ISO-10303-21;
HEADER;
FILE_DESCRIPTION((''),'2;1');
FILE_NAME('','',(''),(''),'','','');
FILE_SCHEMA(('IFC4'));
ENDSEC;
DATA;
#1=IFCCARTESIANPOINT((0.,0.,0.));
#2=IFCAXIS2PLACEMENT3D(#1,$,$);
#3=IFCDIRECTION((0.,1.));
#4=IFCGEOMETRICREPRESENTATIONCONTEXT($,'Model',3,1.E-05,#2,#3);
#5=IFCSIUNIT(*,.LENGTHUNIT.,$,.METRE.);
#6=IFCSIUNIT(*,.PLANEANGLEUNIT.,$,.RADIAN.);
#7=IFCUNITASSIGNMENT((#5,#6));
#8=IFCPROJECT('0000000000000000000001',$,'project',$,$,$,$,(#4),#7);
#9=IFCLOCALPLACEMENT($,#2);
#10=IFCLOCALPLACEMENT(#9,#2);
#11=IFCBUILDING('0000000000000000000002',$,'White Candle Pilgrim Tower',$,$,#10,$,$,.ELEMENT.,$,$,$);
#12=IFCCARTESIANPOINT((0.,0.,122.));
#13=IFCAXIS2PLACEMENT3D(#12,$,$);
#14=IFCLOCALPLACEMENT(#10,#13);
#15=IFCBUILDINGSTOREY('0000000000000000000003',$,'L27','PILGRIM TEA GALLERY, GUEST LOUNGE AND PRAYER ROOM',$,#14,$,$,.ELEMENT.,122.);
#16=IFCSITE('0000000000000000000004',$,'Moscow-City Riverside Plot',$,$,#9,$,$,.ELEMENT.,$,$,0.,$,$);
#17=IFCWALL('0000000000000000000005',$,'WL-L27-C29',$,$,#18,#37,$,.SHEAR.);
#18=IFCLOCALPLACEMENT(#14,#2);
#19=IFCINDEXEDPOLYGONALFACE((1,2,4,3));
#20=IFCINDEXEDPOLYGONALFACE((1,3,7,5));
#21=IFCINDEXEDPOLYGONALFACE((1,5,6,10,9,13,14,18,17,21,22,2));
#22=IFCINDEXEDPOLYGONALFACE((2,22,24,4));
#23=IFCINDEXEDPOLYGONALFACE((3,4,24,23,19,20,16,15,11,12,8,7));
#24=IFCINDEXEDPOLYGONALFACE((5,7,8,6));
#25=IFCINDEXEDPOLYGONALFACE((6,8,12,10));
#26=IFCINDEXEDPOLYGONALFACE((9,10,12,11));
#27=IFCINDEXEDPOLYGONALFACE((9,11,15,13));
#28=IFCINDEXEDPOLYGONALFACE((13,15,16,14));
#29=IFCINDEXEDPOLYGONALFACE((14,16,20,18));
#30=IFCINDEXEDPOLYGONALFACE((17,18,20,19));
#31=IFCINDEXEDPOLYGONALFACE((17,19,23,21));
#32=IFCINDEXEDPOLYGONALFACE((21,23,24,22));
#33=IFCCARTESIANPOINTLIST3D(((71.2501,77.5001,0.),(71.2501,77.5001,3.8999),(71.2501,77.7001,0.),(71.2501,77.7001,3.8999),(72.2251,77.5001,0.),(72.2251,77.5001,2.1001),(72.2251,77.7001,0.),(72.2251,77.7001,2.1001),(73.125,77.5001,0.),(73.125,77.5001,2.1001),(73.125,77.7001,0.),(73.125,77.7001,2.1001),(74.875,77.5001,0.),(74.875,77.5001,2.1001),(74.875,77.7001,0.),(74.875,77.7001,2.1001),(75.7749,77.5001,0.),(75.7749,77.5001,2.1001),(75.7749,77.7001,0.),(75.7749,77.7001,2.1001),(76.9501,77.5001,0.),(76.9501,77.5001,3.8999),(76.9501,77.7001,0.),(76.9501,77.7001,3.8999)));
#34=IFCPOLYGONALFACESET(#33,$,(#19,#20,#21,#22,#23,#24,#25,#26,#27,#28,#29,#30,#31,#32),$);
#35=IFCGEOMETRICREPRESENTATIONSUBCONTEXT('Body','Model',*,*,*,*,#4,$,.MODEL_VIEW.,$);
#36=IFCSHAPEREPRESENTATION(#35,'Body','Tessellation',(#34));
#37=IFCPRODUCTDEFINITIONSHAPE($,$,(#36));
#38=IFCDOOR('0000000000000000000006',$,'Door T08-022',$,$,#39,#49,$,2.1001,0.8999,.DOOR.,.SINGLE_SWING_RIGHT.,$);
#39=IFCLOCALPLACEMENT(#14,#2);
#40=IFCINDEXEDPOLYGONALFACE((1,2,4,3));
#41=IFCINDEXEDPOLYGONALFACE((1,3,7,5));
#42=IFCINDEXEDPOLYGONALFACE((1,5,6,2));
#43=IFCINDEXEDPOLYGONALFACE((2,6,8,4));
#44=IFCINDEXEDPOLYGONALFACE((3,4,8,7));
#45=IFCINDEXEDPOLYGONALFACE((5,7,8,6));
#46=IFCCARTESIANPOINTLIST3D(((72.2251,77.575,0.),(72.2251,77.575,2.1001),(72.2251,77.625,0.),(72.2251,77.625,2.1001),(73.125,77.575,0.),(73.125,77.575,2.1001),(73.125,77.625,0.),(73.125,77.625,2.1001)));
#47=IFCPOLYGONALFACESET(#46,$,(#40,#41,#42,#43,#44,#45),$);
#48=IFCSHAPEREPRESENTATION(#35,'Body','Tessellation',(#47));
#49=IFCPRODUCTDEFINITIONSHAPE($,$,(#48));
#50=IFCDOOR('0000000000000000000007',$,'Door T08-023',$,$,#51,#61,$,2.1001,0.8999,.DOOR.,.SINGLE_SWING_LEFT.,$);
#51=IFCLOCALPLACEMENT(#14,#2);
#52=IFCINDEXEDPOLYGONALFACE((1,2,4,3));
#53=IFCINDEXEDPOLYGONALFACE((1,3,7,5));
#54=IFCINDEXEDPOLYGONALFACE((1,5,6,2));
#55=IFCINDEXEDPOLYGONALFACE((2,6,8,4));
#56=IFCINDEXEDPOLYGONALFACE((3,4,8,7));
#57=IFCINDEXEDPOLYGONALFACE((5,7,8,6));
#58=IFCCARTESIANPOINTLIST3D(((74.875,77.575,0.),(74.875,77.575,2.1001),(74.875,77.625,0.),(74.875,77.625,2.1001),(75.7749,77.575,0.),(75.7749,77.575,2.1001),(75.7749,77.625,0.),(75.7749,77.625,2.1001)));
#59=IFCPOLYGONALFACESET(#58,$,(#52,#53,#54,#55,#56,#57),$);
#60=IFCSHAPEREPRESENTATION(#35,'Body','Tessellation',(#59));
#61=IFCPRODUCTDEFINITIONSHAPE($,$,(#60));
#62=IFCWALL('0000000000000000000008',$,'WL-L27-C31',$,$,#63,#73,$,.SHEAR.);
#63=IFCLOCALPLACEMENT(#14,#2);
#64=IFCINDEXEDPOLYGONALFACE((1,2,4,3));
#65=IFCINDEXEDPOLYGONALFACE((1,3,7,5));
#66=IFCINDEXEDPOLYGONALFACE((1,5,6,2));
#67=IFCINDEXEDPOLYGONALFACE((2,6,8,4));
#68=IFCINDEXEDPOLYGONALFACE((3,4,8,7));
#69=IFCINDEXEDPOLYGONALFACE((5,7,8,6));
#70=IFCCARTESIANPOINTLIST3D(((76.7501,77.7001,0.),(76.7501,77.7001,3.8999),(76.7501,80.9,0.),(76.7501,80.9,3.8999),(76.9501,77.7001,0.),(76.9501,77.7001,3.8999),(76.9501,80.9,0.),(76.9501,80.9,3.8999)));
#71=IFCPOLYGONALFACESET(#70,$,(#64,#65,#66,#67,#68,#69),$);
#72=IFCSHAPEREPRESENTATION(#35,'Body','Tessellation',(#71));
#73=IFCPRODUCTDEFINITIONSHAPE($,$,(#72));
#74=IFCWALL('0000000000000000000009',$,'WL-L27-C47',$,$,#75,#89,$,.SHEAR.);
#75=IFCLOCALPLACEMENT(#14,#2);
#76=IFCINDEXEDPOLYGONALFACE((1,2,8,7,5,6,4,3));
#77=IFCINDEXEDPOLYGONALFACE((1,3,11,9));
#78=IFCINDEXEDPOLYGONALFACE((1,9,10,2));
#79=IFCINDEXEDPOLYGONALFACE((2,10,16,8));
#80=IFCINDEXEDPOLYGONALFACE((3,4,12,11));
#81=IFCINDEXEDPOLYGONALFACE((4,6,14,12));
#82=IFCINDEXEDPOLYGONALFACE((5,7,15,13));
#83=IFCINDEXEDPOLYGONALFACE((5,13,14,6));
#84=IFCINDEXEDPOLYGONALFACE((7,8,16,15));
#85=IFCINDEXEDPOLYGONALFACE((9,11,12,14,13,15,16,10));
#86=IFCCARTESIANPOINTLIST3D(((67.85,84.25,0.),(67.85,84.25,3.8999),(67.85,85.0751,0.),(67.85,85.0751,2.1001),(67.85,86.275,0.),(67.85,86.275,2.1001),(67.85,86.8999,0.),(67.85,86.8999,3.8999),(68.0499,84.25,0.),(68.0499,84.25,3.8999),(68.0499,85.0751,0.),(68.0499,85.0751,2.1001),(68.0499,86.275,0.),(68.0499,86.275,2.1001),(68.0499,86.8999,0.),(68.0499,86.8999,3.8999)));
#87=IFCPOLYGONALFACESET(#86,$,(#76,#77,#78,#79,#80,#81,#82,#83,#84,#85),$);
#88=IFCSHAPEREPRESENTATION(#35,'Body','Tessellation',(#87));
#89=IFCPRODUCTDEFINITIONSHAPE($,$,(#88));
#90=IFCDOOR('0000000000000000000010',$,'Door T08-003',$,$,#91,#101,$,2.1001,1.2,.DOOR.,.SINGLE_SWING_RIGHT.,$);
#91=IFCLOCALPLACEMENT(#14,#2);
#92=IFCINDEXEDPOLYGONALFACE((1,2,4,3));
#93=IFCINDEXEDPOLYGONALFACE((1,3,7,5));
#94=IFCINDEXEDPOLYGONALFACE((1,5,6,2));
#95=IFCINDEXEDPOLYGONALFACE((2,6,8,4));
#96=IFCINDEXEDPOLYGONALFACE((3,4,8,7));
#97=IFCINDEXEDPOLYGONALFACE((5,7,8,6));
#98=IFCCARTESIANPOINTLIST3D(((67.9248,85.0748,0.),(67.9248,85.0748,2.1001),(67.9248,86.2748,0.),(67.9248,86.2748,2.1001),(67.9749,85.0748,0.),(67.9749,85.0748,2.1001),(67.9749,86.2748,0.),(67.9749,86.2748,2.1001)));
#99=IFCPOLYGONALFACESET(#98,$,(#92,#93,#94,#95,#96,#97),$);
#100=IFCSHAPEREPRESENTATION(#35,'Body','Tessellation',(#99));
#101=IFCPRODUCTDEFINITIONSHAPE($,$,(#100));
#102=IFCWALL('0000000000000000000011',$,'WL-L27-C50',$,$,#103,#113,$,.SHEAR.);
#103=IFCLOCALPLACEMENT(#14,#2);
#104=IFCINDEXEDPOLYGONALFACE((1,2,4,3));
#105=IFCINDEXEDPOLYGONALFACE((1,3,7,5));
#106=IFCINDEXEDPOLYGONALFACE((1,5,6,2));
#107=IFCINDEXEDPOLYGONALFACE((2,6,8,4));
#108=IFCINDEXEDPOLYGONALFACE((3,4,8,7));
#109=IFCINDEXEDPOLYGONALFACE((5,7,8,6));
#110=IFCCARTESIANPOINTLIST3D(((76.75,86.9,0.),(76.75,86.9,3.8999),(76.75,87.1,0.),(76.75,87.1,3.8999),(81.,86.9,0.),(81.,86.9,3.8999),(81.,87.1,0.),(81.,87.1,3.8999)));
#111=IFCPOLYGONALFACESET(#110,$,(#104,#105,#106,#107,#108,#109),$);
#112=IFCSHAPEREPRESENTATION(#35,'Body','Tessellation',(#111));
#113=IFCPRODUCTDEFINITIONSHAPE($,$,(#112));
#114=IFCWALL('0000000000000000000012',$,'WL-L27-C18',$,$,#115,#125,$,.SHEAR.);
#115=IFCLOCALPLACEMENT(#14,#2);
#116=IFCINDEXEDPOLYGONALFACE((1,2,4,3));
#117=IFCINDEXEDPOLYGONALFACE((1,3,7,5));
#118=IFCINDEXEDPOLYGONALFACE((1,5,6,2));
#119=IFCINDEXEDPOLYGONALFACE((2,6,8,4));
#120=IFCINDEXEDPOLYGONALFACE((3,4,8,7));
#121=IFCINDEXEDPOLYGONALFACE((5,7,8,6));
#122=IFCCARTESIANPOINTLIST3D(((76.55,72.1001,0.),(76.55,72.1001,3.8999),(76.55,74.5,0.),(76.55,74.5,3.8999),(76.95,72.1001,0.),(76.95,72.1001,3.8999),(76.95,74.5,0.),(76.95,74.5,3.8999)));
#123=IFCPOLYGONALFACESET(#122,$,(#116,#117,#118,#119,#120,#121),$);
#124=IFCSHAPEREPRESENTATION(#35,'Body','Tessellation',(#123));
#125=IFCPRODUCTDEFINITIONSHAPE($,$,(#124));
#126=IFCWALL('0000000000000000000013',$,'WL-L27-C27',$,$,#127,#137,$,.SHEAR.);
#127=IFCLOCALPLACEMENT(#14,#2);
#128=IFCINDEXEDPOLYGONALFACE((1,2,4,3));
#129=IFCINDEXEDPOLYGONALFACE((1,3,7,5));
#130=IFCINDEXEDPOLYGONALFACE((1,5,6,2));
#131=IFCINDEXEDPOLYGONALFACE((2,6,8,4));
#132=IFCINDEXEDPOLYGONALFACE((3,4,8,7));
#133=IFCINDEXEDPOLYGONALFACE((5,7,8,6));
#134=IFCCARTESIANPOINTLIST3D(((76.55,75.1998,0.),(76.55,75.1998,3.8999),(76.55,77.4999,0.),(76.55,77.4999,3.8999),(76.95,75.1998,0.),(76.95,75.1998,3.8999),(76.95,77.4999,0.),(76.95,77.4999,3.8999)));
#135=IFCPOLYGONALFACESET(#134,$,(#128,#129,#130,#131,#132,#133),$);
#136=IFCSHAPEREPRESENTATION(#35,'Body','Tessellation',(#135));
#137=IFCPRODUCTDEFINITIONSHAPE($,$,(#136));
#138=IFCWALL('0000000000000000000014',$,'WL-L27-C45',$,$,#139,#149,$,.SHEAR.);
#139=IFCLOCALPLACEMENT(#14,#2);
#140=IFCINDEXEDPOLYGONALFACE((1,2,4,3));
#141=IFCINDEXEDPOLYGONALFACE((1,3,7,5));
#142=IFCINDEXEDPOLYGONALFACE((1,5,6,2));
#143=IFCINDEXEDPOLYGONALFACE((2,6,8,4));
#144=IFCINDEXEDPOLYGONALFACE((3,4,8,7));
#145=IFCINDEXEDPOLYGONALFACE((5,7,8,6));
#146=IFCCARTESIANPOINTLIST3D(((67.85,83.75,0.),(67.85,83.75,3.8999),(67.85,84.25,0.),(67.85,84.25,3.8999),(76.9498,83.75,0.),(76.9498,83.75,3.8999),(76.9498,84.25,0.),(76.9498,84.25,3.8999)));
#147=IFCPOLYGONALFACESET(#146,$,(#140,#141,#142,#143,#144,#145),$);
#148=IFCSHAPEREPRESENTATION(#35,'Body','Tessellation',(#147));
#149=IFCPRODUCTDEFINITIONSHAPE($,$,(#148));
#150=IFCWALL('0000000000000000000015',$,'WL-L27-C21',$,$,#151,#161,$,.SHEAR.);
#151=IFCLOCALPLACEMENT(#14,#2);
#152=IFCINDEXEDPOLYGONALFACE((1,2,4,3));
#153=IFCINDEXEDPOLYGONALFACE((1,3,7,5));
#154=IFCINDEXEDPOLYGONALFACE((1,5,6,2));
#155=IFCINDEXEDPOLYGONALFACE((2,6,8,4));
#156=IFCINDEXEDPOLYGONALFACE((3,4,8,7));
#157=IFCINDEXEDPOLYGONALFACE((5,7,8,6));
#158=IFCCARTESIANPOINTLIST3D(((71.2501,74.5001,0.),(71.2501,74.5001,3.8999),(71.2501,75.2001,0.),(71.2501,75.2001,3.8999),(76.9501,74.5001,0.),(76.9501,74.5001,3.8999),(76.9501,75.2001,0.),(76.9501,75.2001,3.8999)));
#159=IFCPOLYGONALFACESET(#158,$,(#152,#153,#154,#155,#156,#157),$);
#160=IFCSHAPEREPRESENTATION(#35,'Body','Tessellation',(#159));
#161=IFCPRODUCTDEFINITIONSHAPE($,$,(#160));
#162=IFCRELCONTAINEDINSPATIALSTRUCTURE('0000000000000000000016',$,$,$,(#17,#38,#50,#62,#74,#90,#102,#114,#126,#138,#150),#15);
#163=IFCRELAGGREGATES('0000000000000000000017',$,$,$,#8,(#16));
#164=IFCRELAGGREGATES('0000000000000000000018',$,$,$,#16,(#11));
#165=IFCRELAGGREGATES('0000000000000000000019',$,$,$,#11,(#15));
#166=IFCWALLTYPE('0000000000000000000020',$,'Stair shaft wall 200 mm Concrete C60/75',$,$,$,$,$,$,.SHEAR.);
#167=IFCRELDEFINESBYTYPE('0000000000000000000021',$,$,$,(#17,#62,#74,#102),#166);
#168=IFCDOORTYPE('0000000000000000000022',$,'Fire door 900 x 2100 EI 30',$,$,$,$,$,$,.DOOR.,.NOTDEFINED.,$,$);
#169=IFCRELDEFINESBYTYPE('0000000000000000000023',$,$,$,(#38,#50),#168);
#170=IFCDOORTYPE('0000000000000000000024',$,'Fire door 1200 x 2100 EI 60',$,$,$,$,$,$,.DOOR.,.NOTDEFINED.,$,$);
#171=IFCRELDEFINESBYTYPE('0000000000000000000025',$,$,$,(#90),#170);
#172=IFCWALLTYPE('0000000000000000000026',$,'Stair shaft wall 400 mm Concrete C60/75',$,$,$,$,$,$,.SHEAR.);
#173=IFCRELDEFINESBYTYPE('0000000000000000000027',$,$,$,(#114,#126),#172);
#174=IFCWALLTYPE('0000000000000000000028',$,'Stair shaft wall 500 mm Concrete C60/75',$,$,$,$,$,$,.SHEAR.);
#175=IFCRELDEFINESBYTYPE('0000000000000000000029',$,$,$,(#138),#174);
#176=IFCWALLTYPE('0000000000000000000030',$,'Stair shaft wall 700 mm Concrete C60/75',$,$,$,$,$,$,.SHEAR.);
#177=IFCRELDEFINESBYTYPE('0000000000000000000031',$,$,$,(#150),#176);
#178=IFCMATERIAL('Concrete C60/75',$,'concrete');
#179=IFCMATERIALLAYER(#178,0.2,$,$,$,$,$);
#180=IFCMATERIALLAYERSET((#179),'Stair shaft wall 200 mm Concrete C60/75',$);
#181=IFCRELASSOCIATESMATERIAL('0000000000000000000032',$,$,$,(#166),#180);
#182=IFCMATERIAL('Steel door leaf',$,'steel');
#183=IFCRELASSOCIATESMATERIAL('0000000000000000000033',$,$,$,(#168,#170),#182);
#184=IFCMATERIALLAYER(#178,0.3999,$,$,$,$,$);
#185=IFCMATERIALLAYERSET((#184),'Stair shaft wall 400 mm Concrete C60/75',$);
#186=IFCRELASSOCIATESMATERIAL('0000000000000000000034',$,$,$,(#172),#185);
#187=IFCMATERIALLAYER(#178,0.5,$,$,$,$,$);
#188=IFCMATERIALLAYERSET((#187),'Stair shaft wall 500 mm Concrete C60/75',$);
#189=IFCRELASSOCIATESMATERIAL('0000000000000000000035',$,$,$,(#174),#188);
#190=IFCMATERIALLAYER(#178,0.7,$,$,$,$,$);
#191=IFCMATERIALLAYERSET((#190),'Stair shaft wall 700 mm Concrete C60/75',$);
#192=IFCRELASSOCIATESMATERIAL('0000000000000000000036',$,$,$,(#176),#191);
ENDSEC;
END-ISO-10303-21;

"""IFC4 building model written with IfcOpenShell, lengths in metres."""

from ifc_helpers import new_model, si_unit, direction, frame, frame_2d, origin, place, context, subcontext, project, spatial, rectangle, extrude, material, layer, layer_set, type_object, element, fill, save


model = new_model("IFC4")

# Units and contexts
model_context = context("Model", 3, precision=1e-05, world=origin(), true_north=direction((0.0, 1.0)))
body_context = subcontext(model_context, "Body", "Model", "MODEL_VIEW")
ifc_project = project(units=[si_unit("LENGTHUNIT", "METRE"), si_unit("PLANEANGLEUNIT", "RADIAN")], contexts=[model_context])

# Site, building, storey
site_placement = place(None, origin())
site = spatial("IfcSite", under=ifc_project, at=site_placement, Name="Moscow-City Riverside Plot", CompositionType="ELEMENT", RefElevation=0.0)
building_placement = place(site_placement, origin())
building = spatial("IfcBuilding", under=site, at=building_placement, Name="White Candle Pilgrim Tower", CompositionType="ELEMENT")
storey_placement = place(building_placement, frame((0.0, 0.0, 122.0)))
storey = spatial("IfcBuildingStorey", under=building, at=storey_placement, Name="L27", Description="PILGRIM TEA GALLERY, GUEST LOUNGE AND PRAYER ROOM", CompositionType="ELEMENT", Elevation=122.0)

# Shared definitions
ifc_material_1 = material(Name="Concrete C60/75", Category="concrete")

# Wall, openings, doors
ifc_layer_1 = layer(ifc_material_1, 0.2)
ifc_layer_set_1 = layer_set([ifc_layer_1], Name="Stair shaft wall 200 mm Concrete C60/75")
wall_type_1 = type_object("IfcWallType", Name="Stair shaft wall 200 mm Concrete C60/75", PredefinedType="SHEAR", material=ifc_layer_set_1)
wall_1_placement = place(storey_placement, frame((71.25, 77.6001, 0.0), z_axis=(0.0, 0.0, 1.0), x_axis=(1.0, 0.0, 0.0)))
wall_1 = element("IfcWall", 1, at=wall_1_placement, inside=storey, type_object=wall_type_1, Name="WL-L27-C29", PredefinedType="SHEAR", context=body_context, shape_type="SweptSolid", body=[
    extrude(rectangle(XDim=5.7, YDim=0.2, at=frame_2d((2.8501, 0.0))), origin(), (0.0, 0.0, 1.0), 3.8999),
])
opening_1_placement = place(wall_1_placement, frame((0.9751, 0.0, 0.0)))
opening_1 = element("IfcOpeningElement", 2, at=opening_1_placement, cuts=wall_1, PredefinedType="OPENING", context=body_context, shape_type="SweptSolid", body=[
    extrude(rectangle(XDim=0.8999, YDim=2.1001, at=frame_2d((0.45, 1.05))), frame((0.0, 0.1099, 0.0), z_axis=(0.0, -1.0, 0.0), x_axis=(1.0, 0.0, 0.0)), (0.0, 0.0, 1.0), 0.22),
])
opening_2_placement = place(wall_1_placement, frame((3.625, 0.0, 0.0)))
opening_2 = element("IfcOpeningElement", 3, at=opening_2_placement, cuts=wall_1, PredefinedType="OPENING", context=body_context, shape_type="SweptSolid", body=[
    extrude(rectangle(XDim=0.8999, YDim=2.1001, at=frame_2d((0.45, 1.05))), frame((0.0, 0.1099, 0.0), z_axis=(0.0, -1.0, 0.0), x_axis=(1.0, 0.0, 0.0)), (0.0, 0.0, 1.0), 0.22),
])
ifc_material_2 = material(Name="Steel door leaf", Category="steel")
door_type_1 = type_object("IfcDoorType", Name="Fire door 900 x 2100 EI 30", OperationType="NOTDEFINED", PredefinedType="DOOR", material=ifc_material_2)
door_1_placement = place(opening_1_placement, origin())
door_1 = element("IfcDoor", 4, at=door_1_placement, inside=storey, type_object=door_type_1, Name="Door T08-022", OperationType="SINGLE_SWING_RIGHT", OverallHeight=2.1001, OverallWidth=0.8999, PredefinedType="DOOR", context=body_context, shape_type="SweptSolid", body=[
    extrude(rectangle(XDim=0.8999, YDim=2.1001, at=frame_2d((0.45, 1.05))), frame((0.0, 0.0249, 0.0), z_axis=(0.0, -1.0, 0.0), x_axis=(1.0, 0.0, 0.0)), (0.0, 0.0, 1.0), 0.05),
])
fill(opening_1, door_1)
door_2_placement = place(opening_2_placement, origin())
door_2 = element("IfcDoor", 5, at=door_2_placement, inside=storey, type_object=door_type_1, Name="Door T08-023", OperationType="SINGLE_SWING_LEFT", OverallHeight=2.1001, OverallWidth=0.8999, PredefinedType="DOOR", context=body_context, shape_type="SweptSolid", body=[
    extrude(rectangle(XDim=0.8999, YDim=2.1001, at=frame_2d((0.45, 1.05))), frame((0.0, 0.0249, 0.0), z_axis=(0.0, -1.0, 0.0), x_axis=(1.0, 0.0, 0.0)), (0.0, 0.0, 1.0), 0.05),
])
fill(opening_2, door_2)

# Wall
wall_2_placement = place(storey_placement, frame((76.8501, 77.7, 0.0), z_axis=(0.0, 0.0, 1.0), x_axis=(0.0, 1.0, 0.0)))
element("IfcWall", 6, at=wall_2_placement, inside=storey, type_object=wall_type_1, Name="WL-L27-C31", PredefinedType="SHEAR", context=body_context, shape_type="SweptSolid", body=[
    extrude(rectangle(XDim=3.2, YDim=0.2, at=frame_2d((1.6001, 0.0))), origin(), (0.0, 0.0, 1.0), 3.8999),
])

# Wall, opening, door
wall_3_placement = place(storey_placement, frame((67.95, 84.25, 0.0), z_axis=(0.0, 0.0, 1.0), x_axis=(0.0, 1.0, 0.0)))
wall_3 = element("IfcWall", 7, at=wall_3_placement, inside=storey, type_object=wall_type_1, Name="WL-L27-C47", PredefinedType="SHEAR", context=body_context, shape_type="SweptSolid", body=[
    extrude(rectangle(XDim=2.6499, YDim=0.2, at=frame_2d((1.325, 0.0))), origin(), (0.0, 0.0, 1.0), 3.8999),
])
opening_3_placement = place(wall_3_placement, frame((0.825, 0.0, 0.0)))
opening_3 = element("IfcOpeningElement", 8, at=opening_3_placement, cuts=wall_3, PredefinedType="OPENING", context=body_context, shape_type="SweptSolid", body=[
    extrude(rectangle(XDim=1.2, YDim=2.1001, at=frame_2d((0.6001, 1.05))), frame((0.0, 0.1099, 0.0), z_axis=(0.0, -1.0, 0.0), x_axis=(1.0, 0.0, 0.0)), (0.0, 0.0, 1.0), 0.22),
])
door_type_2 = type_object("IfcDoorType", Name="Fire door 1200 x 2100 EI 60", OperationType="NOTDEFINED", PredefinedType="DOOR", material=ifc_material_2)
door_3_placement = place(opening_3_placement, frame((1.2, 0.0, 0.0), z_axis=(0.0, 0.0, 1.0), x_axis=(-1.0, 0.0, 0.0)))
door_3 = element("IfcDoor", 9, at=door_3_placement, inside=storey, type_object=door_type_2, Name="Door T08-003", OperationType="SINGLE_SWING_RIGHT", OverallHeight=2.1001, OverallWidth=1.2, PredefinedType="DOOR", context=body_context, shape_type="SweptSolid", body=[
    extrude(rectangle(XDim=1.2, YDim=2.1001, at=frame_2d((0.6001, 1.05))), frame((0.0, 0.0249, 0.0), z_axis=(0.0, -1.0, 0.0), x_axis=(1.0, 0.0, 0.0)), (0.0, 0.0, 1.0), 0.05),
])
fill(opening_3, door_3)

# Walls
wall_4_placement = place(storey_placement, frame((76.75, 87.0, 0.0), z_axis=(0.0, 0.0, 1.0), x_axis=(1.0, 0.0, 0.0)))
element("IfcWall", 10, at=wall_4_placement, inside=storey, type_object=wall_type_1, Name="WL-L27-C50", PredefinedType="SHEAR", context=body_context, shape_type="SweptSolid", body=[
    extrude(rectangle(XDim=4.25, YDim=0.2, at=frame_2d((2.125, 0.0))), origin(), (0.0, 0.0, 1.0), 3.8999),
])
ifc_layer_2 = layer(ifc_material_1, 0.3999)
ifc_layer_set_2 = layer_set([ifc_layer_2], Name="Stair shaft wall 400 mm Concrete C60/75")
wall_type_2 = type_object("IfcWallType", Name="Stair shaft wall 400 mm Concrete C60/75", PredefinedType="SHEAR", material=ifc_layer_set_2)
wall_5_placement = place(storey_placement, frame((76.75, 72.1001, 0.0), z_axis=(0.0, 0.0, 1.0), x_axis=(0.0, 1.0, 0.0)))
element("IfcWall", 11, at=wall_5_placement, inside=storey, type_object=wall_type_2, Name="WL-L27-C18", PredefinedType="SHEAR", context=body_context, shape_type="SweptSolid", body=[
    extrude(rectangle(XDim=2.3999, YDim=0.3999, at=frame_2d((1.2, 0.0))), origin(), (0.0, 0.0, 1.0), 3.8999),
])
wall_6_placement = place(storey_placement, frame((76.75, 75.2, 0.0), z_axis=(0.0, 0.0, 1.0), x_axis=(0.0, 1.0, 0.0)))
element("IfcWall", 12, at=wall_6_placement, inside=storey, type_object=wall_type_2, Name="WL-L27-C27", PredefinedType="SHEAR", context=body_context, shape_type="SweptSolid", body=[
    extrude(rectangle(XDim=2.3, YDim=0.3999, at=frame_2d((1.1499, 0.0))), origin(), (0.0, 0.0, 1.0), 3.8999),
])
ifc_layer_3 = layer(ifc_material_1, 0.5)
ifc_layer_set_3 = layer_set([ifc_layer_3], Name="Stair shaft wall 500 mm Concrete C60/75")
wall_type_3 = type_object("IfcWallType", Name="Stair shaft wall 500 mm Concrete C60/75", PredefinedType="SHEAR", material=ifc_layer_set_3)
wall_7_placement = place(storey_placement, frame((67.8501, 84.0, 0.0), z_axis=(0.0, 0.0, 1.0), x_axis=(1.0, 0.0, 0.0)))
element("IfcWall", 13, at=wall_7_placement, inside=storey, type_object=wall_type_3, Name="WL-L27-C45", PredefinedType="SHEAR", context=body_context, shape_type="SweptSolid", body=[
    extrude(rectangle(XDim=9.0999, YDim=0.5, at=frame_2d((4.5498, 0.0))), origin(), (0.0, 0.0, 1.0), 3.8999),
])
ifc_layer_4 = layer(ifc_material_1, 0.7)
ifc_layer_set_4 = layer_set([ifc_layer_4], Name="Stair shaft wall 700 mm Concrete C60/75")
wall_type_4 = type_object("IfcWallType", Name="Stair shaft wall 700 mm Concrete C60/75", PredefinedType="SHEAR", material=ifc_layer_set_4)
wall_8_placement = place(storey_placement, frame((71.25, 74.8501, 0.0), z_axis=(0.0, 0.0, 1.0), x_axis=(1.0, 0.0, 0.0)))
element("IfcWall", 14, at=wall_8_placement, inside=storey, type_object=wall_type_4, Name="WL-L27-C21", PredefinedType="SHEAR", context=body_context, shape_type="SweptSolid", body=[
    extrude(rectangle(XDim=5.7, YDim=0.7, at=frame_2d((2.8501, 0.0))), origin(), (0.0, 0.0, 1.0), 3.8999),
])

save(model, "model.ifc")
